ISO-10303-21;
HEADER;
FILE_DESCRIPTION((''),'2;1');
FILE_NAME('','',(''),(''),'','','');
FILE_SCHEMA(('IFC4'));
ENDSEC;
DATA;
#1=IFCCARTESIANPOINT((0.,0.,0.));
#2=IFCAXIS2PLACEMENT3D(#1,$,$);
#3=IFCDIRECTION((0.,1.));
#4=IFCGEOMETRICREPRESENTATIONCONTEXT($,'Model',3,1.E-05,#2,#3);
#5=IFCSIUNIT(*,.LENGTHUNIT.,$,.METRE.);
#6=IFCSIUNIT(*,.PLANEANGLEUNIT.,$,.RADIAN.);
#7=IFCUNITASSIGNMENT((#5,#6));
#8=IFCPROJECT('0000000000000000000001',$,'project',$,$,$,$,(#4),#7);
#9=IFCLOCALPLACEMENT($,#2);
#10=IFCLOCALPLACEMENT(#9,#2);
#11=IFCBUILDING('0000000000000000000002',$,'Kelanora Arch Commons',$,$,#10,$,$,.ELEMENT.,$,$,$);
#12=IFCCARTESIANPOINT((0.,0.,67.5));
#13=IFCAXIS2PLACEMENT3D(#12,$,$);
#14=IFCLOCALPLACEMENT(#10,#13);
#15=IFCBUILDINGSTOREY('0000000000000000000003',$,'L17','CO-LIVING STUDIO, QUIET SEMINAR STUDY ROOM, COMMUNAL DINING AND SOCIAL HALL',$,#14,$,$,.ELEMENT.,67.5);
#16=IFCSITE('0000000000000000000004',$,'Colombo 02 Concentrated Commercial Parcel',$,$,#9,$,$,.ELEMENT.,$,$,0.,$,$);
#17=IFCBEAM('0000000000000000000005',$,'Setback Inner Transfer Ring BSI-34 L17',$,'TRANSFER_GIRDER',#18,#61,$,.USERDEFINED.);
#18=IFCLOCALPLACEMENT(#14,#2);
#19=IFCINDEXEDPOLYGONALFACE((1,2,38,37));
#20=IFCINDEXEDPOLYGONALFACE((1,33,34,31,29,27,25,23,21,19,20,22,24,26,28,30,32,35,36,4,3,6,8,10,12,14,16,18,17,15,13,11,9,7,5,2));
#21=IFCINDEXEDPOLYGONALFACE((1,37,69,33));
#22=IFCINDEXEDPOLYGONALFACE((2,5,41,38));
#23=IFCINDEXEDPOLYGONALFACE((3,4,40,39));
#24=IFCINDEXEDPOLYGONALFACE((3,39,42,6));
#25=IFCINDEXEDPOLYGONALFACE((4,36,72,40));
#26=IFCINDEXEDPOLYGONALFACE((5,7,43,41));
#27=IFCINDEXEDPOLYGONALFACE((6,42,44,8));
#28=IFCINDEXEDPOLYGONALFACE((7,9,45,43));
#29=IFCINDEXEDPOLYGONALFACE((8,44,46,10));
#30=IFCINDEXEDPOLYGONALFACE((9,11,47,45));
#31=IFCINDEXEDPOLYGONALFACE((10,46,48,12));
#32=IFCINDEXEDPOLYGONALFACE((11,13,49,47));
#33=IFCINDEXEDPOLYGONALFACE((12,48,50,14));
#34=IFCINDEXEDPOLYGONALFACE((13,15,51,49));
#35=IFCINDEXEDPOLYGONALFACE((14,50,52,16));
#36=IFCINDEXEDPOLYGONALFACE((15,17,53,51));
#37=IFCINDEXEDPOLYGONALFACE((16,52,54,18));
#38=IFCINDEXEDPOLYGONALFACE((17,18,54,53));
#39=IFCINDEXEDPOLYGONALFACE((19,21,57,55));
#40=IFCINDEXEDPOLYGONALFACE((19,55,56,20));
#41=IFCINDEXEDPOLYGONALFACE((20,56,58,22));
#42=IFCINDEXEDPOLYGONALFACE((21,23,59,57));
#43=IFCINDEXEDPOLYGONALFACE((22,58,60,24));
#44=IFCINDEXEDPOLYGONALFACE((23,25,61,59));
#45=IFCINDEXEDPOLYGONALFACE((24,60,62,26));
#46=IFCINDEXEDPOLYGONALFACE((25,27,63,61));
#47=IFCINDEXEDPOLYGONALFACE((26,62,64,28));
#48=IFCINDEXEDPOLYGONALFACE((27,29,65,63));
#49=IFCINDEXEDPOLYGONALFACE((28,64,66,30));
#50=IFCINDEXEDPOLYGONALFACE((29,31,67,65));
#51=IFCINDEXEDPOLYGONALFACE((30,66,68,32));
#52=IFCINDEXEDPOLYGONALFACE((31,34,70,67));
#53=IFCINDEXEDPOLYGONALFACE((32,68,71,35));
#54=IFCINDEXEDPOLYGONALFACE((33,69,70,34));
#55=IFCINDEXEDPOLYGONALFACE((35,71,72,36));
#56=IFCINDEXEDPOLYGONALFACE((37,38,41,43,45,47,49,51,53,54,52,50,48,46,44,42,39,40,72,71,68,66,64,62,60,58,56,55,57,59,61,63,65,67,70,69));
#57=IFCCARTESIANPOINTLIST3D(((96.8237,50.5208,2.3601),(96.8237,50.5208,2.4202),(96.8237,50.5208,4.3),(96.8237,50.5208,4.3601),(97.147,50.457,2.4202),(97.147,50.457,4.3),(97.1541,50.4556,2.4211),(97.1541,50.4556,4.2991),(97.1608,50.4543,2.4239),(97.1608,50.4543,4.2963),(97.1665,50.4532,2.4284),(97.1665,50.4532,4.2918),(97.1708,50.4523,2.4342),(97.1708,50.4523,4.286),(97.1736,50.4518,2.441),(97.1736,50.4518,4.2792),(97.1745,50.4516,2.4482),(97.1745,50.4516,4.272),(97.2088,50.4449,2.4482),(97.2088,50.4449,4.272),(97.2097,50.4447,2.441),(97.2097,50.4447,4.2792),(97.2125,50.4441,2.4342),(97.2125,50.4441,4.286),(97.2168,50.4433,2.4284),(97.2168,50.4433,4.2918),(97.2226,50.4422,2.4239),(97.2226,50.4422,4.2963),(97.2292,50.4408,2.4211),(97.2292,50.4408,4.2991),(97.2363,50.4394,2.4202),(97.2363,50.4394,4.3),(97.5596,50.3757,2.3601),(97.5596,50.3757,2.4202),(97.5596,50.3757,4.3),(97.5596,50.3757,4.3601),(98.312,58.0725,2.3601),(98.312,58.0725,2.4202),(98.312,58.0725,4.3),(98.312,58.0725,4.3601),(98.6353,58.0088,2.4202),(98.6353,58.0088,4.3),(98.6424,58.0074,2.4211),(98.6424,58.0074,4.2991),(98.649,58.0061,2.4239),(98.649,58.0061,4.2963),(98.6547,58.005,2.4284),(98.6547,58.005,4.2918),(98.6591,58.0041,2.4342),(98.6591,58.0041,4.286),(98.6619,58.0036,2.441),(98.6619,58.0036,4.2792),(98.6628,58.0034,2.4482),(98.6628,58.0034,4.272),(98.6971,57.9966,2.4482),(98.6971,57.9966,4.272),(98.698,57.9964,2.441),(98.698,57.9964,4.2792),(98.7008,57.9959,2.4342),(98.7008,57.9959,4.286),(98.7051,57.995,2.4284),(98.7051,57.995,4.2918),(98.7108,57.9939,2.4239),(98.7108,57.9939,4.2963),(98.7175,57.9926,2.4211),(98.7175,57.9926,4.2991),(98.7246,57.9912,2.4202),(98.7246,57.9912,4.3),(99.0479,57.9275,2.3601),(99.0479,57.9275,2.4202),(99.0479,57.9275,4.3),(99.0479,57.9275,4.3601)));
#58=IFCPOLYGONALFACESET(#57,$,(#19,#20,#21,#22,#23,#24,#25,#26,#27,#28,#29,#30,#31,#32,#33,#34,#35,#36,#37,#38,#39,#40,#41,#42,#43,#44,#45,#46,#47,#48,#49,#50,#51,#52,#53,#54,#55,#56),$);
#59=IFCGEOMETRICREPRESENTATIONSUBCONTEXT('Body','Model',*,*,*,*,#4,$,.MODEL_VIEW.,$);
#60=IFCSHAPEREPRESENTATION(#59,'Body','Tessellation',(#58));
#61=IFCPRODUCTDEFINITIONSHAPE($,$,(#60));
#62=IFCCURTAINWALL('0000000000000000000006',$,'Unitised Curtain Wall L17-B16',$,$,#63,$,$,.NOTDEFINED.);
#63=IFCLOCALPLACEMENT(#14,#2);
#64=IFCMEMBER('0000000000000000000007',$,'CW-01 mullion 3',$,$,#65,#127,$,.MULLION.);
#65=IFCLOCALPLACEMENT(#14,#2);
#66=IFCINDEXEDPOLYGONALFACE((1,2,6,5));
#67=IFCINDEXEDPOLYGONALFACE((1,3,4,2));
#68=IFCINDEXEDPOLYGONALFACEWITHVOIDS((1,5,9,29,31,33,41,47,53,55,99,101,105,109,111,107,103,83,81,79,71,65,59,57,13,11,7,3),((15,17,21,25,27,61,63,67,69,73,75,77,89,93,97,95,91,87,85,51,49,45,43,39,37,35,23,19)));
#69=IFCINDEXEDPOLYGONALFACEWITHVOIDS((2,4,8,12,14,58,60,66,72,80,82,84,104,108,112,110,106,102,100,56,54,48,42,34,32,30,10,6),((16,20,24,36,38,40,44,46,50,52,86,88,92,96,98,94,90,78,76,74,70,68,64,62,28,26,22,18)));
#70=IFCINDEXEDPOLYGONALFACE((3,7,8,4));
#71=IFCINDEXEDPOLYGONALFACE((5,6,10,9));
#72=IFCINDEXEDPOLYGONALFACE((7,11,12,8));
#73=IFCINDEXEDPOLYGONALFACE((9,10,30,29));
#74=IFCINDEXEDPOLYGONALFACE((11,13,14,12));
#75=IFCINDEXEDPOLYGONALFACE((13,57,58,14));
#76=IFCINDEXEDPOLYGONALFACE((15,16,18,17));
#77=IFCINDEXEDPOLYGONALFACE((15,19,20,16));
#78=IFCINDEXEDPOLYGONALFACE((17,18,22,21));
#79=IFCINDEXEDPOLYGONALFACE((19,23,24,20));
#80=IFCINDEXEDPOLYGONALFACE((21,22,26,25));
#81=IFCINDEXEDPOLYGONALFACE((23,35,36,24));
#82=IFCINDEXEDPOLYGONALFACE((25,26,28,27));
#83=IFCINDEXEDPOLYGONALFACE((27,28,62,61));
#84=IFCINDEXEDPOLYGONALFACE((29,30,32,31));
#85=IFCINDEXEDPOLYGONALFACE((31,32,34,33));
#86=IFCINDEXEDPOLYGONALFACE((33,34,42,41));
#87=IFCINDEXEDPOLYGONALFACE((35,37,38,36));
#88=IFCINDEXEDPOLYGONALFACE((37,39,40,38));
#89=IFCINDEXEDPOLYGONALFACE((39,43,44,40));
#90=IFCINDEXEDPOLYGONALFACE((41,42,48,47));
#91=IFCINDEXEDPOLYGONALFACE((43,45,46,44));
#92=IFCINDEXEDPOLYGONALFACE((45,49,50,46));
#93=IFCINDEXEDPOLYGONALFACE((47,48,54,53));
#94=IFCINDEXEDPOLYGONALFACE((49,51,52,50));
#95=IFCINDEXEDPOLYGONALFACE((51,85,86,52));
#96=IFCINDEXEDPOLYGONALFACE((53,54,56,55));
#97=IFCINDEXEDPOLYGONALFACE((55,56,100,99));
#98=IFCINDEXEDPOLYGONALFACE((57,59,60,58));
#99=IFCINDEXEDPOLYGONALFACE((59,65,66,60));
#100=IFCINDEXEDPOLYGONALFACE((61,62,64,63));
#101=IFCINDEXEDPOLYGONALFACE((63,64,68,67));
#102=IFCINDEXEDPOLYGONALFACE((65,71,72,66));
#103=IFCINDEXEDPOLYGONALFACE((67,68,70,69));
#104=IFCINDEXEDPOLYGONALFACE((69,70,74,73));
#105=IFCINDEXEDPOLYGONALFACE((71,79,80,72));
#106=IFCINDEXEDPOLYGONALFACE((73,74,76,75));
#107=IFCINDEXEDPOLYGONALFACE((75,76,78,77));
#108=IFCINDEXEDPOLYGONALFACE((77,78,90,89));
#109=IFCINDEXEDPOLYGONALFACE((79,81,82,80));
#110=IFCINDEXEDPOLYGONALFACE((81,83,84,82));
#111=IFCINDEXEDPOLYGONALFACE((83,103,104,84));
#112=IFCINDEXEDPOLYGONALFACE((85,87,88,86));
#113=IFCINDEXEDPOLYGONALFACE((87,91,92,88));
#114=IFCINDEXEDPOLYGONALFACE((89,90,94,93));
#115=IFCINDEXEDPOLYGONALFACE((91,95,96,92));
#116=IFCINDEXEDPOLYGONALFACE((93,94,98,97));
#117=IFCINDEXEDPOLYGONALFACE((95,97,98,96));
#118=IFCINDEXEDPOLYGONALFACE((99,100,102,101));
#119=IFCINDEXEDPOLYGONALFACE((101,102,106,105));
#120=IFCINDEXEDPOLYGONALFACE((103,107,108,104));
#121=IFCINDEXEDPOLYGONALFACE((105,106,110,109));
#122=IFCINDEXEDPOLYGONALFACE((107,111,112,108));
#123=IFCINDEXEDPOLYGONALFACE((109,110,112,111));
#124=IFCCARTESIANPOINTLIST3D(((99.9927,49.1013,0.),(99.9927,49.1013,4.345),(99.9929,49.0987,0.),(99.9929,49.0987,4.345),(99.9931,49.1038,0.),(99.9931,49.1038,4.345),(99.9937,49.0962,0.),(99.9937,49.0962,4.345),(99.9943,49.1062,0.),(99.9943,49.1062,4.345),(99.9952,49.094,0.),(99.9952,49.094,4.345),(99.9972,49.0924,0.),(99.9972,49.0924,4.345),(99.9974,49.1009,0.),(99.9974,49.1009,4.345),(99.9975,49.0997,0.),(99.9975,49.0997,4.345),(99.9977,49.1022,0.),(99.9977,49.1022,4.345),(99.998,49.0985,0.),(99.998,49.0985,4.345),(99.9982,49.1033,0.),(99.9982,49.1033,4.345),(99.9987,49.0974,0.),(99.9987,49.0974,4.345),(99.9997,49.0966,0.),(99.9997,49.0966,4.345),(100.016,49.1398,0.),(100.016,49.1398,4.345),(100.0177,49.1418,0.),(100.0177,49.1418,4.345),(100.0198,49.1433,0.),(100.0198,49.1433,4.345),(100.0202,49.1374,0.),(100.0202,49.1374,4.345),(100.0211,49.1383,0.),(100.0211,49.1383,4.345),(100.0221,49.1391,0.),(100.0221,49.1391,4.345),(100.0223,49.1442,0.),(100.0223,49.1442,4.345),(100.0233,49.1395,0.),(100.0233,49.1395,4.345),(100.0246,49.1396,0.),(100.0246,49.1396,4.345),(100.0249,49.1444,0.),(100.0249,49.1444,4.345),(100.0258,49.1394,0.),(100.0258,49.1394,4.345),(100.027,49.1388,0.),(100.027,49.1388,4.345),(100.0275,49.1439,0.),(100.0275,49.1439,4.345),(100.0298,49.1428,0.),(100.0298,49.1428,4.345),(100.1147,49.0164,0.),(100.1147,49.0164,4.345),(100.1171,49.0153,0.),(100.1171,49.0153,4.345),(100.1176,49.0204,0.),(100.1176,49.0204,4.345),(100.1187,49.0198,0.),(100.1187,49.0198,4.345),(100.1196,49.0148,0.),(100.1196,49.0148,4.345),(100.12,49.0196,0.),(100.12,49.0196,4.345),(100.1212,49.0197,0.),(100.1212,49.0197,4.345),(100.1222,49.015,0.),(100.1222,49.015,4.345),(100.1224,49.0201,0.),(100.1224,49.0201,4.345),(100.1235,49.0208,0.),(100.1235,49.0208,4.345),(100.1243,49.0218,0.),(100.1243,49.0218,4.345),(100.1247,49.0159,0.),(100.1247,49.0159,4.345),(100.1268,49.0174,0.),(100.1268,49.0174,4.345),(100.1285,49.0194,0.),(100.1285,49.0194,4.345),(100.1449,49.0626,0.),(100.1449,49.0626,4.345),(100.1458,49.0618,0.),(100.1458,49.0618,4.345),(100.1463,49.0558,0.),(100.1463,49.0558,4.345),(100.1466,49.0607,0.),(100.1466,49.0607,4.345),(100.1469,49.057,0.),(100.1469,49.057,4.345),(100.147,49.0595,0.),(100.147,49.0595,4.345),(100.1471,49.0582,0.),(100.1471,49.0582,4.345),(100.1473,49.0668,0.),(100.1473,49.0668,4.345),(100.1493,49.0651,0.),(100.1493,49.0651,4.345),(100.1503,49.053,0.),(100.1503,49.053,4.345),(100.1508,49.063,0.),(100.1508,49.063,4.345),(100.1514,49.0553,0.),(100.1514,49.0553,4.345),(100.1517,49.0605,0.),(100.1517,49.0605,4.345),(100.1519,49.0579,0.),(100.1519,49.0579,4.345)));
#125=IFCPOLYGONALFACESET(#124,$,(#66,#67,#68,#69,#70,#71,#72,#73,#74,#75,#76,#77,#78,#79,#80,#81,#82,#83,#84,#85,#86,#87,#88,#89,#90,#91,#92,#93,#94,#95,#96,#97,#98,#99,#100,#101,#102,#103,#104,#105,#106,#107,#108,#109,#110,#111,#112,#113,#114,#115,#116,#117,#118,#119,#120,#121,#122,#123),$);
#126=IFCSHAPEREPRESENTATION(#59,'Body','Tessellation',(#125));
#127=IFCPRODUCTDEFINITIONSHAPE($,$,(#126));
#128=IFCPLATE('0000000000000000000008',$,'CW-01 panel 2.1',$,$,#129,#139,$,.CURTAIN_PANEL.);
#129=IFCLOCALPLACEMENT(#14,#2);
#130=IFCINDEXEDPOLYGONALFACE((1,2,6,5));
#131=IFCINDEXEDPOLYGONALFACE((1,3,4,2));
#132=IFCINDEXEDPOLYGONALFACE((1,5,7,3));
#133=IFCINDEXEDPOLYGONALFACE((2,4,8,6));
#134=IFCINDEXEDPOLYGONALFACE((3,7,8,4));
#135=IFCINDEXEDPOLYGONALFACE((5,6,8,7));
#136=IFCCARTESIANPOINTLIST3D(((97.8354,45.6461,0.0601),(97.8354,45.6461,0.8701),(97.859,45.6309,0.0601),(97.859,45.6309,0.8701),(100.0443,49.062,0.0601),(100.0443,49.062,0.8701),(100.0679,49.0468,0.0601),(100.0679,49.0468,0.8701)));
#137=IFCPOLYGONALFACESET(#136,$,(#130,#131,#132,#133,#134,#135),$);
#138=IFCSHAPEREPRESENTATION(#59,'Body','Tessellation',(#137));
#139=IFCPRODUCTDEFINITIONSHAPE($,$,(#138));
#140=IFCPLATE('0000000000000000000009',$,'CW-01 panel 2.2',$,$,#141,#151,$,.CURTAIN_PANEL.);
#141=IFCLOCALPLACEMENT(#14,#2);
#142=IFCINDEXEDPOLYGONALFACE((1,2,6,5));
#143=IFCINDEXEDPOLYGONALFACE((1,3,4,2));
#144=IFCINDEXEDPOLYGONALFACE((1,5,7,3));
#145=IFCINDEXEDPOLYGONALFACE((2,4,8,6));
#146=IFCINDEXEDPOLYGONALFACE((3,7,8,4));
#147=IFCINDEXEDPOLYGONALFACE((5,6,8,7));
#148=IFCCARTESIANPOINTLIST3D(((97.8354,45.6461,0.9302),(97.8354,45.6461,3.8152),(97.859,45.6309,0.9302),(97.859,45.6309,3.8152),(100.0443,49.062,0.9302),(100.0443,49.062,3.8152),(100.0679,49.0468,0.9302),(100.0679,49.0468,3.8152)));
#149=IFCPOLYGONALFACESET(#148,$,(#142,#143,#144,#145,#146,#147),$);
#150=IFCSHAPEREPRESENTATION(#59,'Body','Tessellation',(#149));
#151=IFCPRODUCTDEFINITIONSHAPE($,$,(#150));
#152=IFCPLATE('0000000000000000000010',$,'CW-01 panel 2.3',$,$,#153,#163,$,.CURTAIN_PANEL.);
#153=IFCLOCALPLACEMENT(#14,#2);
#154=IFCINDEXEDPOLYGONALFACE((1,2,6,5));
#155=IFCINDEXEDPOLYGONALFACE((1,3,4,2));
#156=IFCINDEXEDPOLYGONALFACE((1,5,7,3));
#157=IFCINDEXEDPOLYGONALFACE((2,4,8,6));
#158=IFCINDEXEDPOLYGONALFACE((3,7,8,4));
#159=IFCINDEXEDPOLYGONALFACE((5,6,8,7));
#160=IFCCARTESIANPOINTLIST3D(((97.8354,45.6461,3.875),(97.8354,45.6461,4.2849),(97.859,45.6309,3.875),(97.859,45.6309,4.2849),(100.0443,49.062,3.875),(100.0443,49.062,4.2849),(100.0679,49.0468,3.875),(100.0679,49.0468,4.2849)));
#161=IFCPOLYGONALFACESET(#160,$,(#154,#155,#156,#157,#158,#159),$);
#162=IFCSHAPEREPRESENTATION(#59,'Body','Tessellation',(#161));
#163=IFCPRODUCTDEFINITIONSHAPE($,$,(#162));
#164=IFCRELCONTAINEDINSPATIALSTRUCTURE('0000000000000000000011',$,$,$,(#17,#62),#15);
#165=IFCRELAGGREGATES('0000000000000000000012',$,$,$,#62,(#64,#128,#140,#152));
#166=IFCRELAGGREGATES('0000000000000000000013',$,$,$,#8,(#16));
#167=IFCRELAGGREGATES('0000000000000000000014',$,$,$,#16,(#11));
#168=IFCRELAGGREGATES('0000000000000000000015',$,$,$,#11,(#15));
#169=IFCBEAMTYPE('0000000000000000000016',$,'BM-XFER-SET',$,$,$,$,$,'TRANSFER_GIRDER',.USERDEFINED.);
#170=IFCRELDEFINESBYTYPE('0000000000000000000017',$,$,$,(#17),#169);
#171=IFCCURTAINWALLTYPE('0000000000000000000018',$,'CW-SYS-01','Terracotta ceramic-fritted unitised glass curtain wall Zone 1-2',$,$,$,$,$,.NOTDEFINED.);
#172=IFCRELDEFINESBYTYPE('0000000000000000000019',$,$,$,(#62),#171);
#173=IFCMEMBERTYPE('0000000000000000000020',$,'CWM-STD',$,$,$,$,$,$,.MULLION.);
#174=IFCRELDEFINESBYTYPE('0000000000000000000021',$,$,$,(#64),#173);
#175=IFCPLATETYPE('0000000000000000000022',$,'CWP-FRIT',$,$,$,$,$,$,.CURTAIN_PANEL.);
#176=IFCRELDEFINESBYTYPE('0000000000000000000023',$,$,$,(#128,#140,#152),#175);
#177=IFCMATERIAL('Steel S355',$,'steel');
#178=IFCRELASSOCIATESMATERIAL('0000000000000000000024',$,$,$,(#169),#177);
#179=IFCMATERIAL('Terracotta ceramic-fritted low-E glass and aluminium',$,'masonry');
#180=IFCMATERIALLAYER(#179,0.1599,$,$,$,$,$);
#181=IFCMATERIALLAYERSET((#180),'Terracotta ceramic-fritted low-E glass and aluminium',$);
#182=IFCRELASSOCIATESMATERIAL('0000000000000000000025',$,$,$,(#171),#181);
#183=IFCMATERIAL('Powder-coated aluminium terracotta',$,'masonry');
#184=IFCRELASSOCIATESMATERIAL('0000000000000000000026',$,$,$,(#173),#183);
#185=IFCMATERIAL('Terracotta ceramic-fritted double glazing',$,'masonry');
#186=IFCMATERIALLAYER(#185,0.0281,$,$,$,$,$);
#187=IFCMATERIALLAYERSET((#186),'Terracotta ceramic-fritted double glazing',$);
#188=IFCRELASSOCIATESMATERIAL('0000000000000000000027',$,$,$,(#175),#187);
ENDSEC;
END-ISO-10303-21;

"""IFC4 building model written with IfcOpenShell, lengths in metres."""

from ifc_helpers import new_model, si_unit, direction, frame, origin, origin_2d, place, context, subcontext, project, spatial, rectangle, hollow_rectangle, i_section, extrude, source, transform, mapped, material, layer, layer_set, material_profile, profile_set, type_object, element, aggregate, save


model = new_model("IFC4")

# Units and contexts
model_context = context("Model", 3, precision=1e-05, world=origin(), true_north=direction((0.0, 1.0)))
body_context = subcontext(model_context, "Body", "Model", "MODEL_VIEW")
ifc_project = project(units=[si_unit("LENGTHUNIT", "METRE"), si_unit("PLANEANGLEUNIT", "RADIAN")], contexts=[model_context])

# Site, building, storey
site_placement = place(None, origin())
site = spatial("IfcSite", under=ifc_project, at=site_placement, Name="Colombo 02 Concentrated Commercial Parcel", CompositionType="ELEMENT", RefElevation=0.0)
building_placement = place(site_placement, origin())
building = spatial("IfcBuilding", under=site, at=building_placement, Name="Kelanora Arch Commons", CompositionType="ELEMENT")
storey_placement = place(building_placement, frame((0.0, 0.0, 67.5)))
storey = spatial("IfcBuildingStorey", under=building, at=storey_placement, Name="L17", Description="CO-LIVING STUDIO, QUIET SEMINAR STUDY ROOM, COMMUNAL DINING AND SOCIAL HALL", CompositionType="ELEMENT", Elevation=67.5)

# Beam
ifc_material_1 = material(Name="Steel S355", Category="steel")
ifc_material_profile_1 = material_profile(ifc_material_1, i_section(OverallWidth=0.75, OverallDepth=2.0, WebThickness=0.0349, FlangeThickness=0.0601, FilletRadius=0.0281, at=origin_2d()), Name="PG2000x750")
ifc_profile_set_1 = profile_set([ifc_material_profile_1], Name="Steel S355")
beam_type_1 = type_object("IfcBeamType", Name="BM-XFER-SET", ElementType="TRANSFER_GIRDER", PredefinedType="USERDEFINED", material=ifc_profile_set_1)
beam_1_placement = place(storey_placement, frame((97.1917, 50.4482, 3.3601), z_axis=(0.193358, 0.981128, 0.0), x_axis=(-0.981128, 0.193358, 0.0)))
element("IfcBeam", 1, at=beam_1_placement, inside=storey, type_object=beam_type_1, Name="Setback Inner Transfer Ring BSI-34 L17", ObjectType="TRANSFER_GIRDER", PredefinedType="USERDEFINED", context=body_context, shape_type="SweptSolid", body=[
    extrude(i_section(OverallWidth=0.75, OverallDepth=2.0, WebThickness=0.0349, FlangeThickness=0.0601, FilletRadius=0.0281, at=origin_2d()), origin(), (0.0, 0.0, 1.0), 7.697),
])

# Curtain wall, member, plates
ifc_material_2 = material(Name="Terracotta ceramic-fritted low-E glass and aluminium", Category="masonry")
ifc_layer_1 = layer(ifc_material_2, 0.1599)
ifc_layer_set_1 = layer_set([ifc_layer_1], Name="Terracotta ceramic-fritted low-E glass and aluminium")
curtain_wall_type = type_object("IfcCurtainWallType", Name="CW-SYS-01", Description="Terracotta ceramic-fritted unitised glass curtain wall Zone 1-2", PredefinedType="NOTDEFINED", material=ifc_layer_set_1)
curtain_wall_placement = place(storey_placement, origin())
curtain_wall = element("IfcCurtainWall", 2, at=curtain_wall_placement, inside=storey, type_object=curtain_wall_type, Name="Unitised Curtain Wall L17-B16", PredefinedType="NOTDEFINED")
ifc_material_3 = material(Name="Powder-coated aluminium terracotta", Category="masonry")
ifc_material_profile_2 = material_profile(ifc_material_3, hollow_rectangle(XDim=0.1599, YDim=0.0601, WallThickness=0.0049, InnerFilletRadius=0.0049, OuterFilletRadius=0.01, at=origin_2d()), Name="CWM160x60")
ifc_profile_set_2 = profile_set([ifc_material_profile_2], Name="Powder-coated aluminium terracotta")
member_type = type_object("IfcMemberType", Name="CWM-STD", PredefinedType="MULLION", material=ifc_profile_set_2)
member_placement = place(storey_placement, frame((100.0723, 49.0796, 0.0), z_axis=(0.0, 0.0, 1.0), x_axis=(-0.83973, 0.543004, 0.0)))
member = element("IfcMember", 3, at=member_placement, type_object=member_type, Name="CW-01 mullion 3", PredefinedType="MULLION", context=body_context, shape_type="SweptSolid", body=[
    extrude(hollow_rectangle(XDim=0.1599, YDim=0.0601, WallThickness=0.0049, InnerFilletRadius=0.0049, OuterFilletRadius=0.01, at=origin_2d()), origin(), (0.0, 0.0, 1.0), 4.345),
])
ifc_material_4 = material(Name="Terracotta ceramic-fritted double glazing", Category="masonry")
ifc_layer_2 = layer(ifc_material_4, 0.0281)
ifc_layer_set_2 = layer_set([ifc_layer_2], Name="Terracotta ceramic-fritted double glazing")
plate_type = type_object("IfcPlateType", Name="CWP-FRIT", PredefinedType="CURTAIN_PANEL", material=ifc_layer_set_2)
shared_shape_1 = source(origin(), body_context, "Body", "SweptSolid", [
    extrude(rectangle(XDim=4.0679, YDim=0.0281, at=origin_2d()), origin(), (0.0, 0.0, 1.0), 0.8101),
])
plate_1_placement = place(storey_placement, frame((98.9517, 47.3464, 0.0601), z_axis=(0.0, 0.0, 1.0), x_axis=(0.543004, 0.83973, 0.0)))
plate_1 = element("IfcPlate", 4, at=plate_1_placement, type_object=plate_type, Name="CW-01 panel 2.1", PredefinedType="CURTAIN_PANEL", context=body_context, shape_type="MappedRepresentation", body=[
    mapped(shared_shape_1, transform((0.0, 0.0, 0.0), scale=1.0)),
])
shared_shape_2 = source(origin(), body_context, "Body", "SweptSolid", [
    extrude(rectangle(XDim=4.0679, YDim=0.0281, at=origin_2d()), origin(), (0.0, 0.0, 1.0), 2.885),
])
plate_2_placement = place(storey_placement, frame((98.9517, 47.3464, 0.9302), z_axis=(0.0, 0.0, 1.0), x_axis=(0.543004, 0.83973, 0.0)))
plate_2 = element("IfcPlate", 5, at=plate_2_placement, type_object=plate_type, Name="CW-01 panel 2.2", PredefinedType="CURTAIN_PANEL", context=body_context, shape_type="MappedRepresentation", body=[
    mapped(shared_shape_2, transform((0.0, 0.0, 0.0), scale=1.0)),
])
shared_shape_3 = source(origin(), body_context, "Body", "SweptSolid", [
    extrude(rectangle(XDim=4.0679, YDim=0.0281, at=origin_2d()), origin(), (0.0, 0.0, 1.0), 0.4099),
])
plate_3_placement = place(storey_placement, frame((98.9517, 47.3464, 3.875), z_axis=(0.0, 0.0, 1.0), x_axis=(0.543004, 0.83973, 0.0)))
plate_3 = element("IfcPlate", 6, at=plate_3_placement, type_object=plate_type, Name="CW-01 panel 2.3", PredefinedType="CURTAIN_PANEL", context=body_context, shape_type="MappedRepresentation", body=[
    mapped(shared_shape_3, transform((0.0, 0.0, 0.0), scale=1.0)),
])
aggregate(curtain_wall, [member, plate_1, plate_2, plate_3])

save(model, "model.ifc")
